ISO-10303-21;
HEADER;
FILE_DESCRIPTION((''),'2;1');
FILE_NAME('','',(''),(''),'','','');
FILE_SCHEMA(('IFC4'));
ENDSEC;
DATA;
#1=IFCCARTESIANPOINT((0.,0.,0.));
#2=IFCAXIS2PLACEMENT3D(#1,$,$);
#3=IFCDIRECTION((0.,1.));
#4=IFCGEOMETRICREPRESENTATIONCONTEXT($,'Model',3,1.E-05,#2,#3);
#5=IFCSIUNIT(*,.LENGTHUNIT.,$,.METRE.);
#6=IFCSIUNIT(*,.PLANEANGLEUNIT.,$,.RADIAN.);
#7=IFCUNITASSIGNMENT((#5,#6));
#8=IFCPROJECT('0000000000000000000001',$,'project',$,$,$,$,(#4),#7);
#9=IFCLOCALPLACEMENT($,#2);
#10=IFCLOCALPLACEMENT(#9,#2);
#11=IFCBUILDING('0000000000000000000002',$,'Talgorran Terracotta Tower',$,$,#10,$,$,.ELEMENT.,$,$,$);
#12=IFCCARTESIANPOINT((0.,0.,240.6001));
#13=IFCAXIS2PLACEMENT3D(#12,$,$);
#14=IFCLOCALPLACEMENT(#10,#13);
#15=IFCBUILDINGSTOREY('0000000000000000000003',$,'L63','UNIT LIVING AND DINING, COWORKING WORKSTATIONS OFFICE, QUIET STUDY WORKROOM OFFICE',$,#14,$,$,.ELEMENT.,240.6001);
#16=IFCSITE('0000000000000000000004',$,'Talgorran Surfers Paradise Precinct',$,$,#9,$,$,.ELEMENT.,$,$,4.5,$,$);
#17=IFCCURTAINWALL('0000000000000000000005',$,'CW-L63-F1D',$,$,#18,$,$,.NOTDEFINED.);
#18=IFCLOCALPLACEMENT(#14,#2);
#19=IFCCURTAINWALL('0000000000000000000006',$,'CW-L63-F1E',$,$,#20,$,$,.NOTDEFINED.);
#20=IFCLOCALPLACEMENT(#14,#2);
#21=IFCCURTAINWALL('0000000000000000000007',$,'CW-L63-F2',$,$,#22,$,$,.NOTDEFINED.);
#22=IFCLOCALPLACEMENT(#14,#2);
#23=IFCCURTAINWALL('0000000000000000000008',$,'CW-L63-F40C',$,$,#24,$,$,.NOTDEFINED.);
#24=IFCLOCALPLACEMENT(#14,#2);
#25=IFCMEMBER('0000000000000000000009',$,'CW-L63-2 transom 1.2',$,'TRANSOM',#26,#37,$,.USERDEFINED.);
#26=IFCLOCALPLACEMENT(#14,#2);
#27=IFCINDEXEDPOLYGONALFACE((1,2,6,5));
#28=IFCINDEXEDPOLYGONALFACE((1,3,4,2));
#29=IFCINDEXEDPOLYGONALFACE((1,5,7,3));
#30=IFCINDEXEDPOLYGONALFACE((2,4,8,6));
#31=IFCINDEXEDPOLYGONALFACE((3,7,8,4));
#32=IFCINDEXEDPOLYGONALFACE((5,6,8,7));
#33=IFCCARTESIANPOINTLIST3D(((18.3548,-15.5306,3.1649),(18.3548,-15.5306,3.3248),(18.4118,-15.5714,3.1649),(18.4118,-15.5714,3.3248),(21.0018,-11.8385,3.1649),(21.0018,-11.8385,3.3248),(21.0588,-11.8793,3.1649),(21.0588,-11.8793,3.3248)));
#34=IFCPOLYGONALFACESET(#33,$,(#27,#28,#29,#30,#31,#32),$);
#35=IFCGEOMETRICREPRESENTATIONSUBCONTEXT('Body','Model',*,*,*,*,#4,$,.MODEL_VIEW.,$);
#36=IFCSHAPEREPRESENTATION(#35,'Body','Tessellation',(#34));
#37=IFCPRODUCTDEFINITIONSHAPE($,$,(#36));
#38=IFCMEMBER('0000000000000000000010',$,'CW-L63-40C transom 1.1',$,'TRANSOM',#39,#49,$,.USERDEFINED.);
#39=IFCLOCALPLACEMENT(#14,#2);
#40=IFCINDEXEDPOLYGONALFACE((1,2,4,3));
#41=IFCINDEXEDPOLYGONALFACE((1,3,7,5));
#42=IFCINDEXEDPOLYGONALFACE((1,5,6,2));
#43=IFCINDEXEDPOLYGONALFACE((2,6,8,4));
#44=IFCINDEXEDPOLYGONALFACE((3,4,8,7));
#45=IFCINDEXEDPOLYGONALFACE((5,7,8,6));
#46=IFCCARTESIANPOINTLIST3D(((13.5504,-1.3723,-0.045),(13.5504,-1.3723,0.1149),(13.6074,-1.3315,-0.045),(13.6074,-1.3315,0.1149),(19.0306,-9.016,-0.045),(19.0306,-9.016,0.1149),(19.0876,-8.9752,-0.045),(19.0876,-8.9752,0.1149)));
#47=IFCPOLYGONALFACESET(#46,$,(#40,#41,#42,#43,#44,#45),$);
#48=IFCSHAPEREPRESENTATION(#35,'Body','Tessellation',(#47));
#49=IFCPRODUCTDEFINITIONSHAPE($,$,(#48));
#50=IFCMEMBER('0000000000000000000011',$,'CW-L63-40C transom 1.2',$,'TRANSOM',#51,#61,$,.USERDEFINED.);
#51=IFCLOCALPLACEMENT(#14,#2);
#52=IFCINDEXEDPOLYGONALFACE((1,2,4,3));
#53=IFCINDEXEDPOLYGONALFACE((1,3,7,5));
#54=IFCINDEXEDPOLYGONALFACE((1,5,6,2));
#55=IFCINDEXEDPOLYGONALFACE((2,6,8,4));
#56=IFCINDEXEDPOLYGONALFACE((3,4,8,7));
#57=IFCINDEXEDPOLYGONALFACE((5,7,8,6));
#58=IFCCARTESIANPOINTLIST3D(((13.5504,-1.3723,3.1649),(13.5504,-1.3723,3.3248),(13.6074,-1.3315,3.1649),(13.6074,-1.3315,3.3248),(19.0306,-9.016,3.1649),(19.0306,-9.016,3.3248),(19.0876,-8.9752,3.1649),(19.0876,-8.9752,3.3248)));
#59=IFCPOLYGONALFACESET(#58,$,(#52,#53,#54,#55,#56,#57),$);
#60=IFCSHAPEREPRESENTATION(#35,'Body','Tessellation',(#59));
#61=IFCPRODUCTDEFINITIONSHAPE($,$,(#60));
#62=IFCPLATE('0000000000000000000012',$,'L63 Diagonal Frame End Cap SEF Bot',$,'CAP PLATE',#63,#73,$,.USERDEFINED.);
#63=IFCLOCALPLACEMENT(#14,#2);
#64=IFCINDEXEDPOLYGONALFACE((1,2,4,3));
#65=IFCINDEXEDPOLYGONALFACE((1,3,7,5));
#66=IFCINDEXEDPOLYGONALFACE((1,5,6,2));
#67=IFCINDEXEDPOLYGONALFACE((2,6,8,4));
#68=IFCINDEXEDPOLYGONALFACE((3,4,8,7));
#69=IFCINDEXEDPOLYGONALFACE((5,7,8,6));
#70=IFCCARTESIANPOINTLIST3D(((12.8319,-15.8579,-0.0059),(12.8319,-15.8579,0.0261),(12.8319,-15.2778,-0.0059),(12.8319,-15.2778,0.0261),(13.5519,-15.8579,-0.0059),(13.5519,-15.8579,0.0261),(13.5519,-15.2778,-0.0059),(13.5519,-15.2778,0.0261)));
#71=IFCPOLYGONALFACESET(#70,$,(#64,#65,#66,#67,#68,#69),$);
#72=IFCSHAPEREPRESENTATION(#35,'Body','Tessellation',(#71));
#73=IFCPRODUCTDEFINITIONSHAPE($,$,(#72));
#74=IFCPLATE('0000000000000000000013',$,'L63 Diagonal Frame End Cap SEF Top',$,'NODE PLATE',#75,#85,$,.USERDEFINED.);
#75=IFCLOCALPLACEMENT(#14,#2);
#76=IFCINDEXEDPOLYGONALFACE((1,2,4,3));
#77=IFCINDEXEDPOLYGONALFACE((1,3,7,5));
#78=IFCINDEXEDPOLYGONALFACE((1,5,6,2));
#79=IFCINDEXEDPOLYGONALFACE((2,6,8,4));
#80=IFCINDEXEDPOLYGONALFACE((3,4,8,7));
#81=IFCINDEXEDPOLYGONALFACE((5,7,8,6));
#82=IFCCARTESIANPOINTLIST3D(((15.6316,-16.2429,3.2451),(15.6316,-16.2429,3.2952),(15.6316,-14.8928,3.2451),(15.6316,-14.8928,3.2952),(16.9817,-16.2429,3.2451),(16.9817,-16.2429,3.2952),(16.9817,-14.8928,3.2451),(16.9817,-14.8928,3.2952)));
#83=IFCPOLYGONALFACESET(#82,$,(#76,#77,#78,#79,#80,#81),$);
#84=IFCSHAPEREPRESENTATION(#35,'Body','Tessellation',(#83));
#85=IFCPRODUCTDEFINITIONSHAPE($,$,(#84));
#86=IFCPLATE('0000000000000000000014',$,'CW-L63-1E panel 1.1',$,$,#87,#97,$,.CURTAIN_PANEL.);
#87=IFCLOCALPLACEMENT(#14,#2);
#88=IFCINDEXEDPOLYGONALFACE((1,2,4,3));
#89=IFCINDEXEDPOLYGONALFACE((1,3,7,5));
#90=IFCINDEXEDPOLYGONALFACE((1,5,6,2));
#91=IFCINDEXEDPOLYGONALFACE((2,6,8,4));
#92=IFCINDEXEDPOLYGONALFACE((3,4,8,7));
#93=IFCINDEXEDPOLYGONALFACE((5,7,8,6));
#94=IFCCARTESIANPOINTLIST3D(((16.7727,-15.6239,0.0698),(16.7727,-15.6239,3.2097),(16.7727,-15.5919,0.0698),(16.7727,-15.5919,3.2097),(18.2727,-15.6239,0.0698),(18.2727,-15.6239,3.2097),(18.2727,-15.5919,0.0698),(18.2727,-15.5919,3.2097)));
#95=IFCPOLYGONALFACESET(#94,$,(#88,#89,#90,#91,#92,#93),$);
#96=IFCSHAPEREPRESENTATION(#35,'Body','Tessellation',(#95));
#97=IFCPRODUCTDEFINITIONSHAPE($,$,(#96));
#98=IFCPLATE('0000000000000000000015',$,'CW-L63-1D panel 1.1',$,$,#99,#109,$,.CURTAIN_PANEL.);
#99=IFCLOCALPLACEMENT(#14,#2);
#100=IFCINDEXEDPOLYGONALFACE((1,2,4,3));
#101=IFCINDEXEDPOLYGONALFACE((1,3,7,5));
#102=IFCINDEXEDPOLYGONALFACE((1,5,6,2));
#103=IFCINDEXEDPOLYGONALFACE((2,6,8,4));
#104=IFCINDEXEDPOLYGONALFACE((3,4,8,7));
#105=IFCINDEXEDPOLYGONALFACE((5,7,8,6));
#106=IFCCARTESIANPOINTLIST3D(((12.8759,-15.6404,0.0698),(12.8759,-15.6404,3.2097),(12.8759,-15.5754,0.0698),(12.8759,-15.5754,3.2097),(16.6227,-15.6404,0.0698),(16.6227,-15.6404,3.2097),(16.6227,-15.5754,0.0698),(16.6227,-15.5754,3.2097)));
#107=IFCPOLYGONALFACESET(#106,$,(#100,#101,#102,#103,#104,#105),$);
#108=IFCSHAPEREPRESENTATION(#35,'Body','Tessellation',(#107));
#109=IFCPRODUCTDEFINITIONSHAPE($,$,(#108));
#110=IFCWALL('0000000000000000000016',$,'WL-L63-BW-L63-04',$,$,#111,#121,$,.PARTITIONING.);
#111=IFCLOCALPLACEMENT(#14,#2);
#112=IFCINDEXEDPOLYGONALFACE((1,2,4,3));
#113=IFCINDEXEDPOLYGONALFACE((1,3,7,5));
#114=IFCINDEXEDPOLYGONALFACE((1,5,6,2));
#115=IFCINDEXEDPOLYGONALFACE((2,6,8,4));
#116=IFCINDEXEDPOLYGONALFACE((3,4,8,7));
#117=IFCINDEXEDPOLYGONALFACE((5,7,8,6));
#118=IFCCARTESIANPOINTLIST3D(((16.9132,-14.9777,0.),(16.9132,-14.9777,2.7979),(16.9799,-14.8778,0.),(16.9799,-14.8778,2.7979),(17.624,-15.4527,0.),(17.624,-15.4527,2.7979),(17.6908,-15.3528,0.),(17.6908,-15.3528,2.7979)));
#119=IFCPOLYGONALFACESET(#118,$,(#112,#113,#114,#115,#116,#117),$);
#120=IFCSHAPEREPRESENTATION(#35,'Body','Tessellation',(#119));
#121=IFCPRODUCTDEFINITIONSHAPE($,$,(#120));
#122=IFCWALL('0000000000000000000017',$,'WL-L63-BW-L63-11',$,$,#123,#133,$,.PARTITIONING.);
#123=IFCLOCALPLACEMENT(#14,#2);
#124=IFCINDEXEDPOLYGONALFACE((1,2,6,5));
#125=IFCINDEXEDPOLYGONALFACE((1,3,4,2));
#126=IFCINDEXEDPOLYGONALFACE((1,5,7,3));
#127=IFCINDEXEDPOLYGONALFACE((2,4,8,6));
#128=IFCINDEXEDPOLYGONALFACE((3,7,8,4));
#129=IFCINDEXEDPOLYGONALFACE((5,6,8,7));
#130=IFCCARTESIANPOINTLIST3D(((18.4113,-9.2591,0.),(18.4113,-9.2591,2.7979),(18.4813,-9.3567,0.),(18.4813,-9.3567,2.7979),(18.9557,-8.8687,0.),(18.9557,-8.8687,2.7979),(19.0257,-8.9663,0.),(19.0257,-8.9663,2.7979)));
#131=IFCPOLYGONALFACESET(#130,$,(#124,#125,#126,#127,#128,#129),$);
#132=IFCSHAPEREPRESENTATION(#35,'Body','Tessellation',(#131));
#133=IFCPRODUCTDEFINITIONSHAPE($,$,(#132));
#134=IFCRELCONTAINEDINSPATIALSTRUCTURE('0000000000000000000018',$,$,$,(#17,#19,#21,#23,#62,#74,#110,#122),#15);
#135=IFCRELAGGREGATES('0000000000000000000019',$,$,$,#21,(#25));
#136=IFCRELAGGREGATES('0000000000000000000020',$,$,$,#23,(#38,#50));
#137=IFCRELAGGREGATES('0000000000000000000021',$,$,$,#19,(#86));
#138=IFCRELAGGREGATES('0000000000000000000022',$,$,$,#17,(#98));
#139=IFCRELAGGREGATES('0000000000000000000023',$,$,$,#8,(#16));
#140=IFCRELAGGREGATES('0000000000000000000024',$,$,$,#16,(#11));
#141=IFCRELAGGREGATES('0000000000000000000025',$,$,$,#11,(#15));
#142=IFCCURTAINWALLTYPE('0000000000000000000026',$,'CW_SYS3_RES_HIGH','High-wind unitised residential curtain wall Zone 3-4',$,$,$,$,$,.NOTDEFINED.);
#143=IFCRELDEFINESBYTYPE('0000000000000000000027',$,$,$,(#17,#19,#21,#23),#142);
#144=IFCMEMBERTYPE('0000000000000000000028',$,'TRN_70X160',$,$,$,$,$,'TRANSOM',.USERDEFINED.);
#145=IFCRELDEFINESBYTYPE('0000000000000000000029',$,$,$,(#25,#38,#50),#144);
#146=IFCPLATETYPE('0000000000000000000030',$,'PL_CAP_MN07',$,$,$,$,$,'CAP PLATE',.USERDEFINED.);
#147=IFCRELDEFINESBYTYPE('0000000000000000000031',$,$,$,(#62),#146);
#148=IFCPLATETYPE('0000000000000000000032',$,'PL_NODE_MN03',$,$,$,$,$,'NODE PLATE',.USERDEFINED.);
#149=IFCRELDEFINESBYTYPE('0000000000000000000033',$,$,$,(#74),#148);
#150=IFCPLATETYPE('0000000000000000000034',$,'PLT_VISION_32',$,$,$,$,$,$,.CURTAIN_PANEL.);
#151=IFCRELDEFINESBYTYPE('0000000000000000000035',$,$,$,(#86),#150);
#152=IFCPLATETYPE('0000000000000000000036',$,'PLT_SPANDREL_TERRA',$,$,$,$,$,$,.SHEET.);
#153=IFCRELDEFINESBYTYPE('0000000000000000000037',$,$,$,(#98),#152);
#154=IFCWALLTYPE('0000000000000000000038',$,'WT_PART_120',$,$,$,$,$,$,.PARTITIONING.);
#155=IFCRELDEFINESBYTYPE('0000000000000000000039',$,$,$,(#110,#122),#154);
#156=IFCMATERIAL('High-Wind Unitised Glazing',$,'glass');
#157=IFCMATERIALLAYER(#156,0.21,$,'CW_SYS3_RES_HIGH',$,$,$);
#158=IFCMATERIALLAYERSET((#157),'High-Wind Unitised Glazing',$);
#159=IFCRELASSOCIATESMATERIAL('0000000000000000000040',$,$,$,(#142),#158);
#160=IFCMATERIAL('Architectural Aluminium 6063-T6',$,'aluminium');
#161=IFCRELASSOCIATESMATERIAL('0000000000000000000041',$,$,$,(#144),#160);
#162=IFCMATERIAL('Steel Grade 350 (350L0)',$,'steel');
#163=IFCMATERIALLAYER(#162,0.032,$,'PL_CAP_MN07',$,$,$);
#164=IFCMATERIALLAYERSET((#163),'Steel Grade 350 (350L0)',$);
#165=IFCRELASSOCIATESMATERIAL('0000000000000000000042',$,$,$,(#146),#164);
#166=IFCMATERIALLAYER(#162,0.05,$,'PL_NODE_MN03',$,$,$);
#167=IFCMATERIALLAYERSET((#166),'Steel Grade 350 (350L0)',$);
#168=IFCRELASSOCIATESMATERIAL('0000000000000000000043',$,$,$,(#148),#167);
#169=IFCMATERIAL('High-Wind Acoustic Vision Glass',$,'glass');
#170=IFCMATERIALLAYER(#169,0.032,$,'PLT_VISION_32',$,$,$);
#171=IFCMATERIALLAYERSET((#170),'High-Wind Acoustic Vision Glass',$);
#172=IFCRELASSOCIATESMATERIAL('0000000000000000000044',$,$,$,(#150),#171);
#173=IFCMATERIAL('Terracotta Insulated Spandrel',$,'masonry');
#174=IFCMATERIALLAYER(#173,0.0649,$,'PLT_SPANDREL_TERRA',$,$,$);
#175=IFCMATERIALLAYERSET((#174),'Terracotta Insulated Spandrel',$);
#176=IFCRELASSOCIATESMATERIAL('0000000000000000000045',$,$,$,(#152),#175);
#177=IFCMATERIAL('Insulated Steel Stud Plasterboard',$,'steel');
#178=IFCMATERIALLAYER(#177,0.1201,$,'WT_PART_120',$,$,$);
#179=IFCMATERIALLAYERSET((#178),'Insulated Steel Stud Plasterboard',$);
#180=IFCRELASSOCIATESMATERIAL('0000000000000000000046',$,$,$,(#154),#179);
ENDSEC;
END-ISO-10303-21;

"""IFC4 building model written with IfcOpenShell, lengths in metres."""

from ifc_helpers import new_model, si_unit, direction, frame, frame_2d, origin, origin_2d, place, context, subcontext, project, spatial, rectangle, extrude, source, transform, mapped, material, layer, layer_set, material_profile, profile_set, type_object, type_shapes, element, aggregate, save


model = new_model("IFC4")

# Units and contexts
model_context = context("Model", 3, precision=1e-05, world=origin(), true_north=direction((0.0, 1.0)))
body_context = subcontext(model_context, "Body", "Model", "MODEL_VIEW")
ifc_project = project(units=[si_unit("LENGTHUNIT", "METRE"), si_unit("PLANEANGLEUNIT", "RADIAN")], contexts=[model_context])

# Site, building, storey
site_placement = place(None, origin())
site = spatial("IfcSite", under=ifc_project, at=site_placement, Name="Talgorran Surfers Paradise Precinct", CompositionType="ELEMENT", RefElevation=4.5)
building_placement = place(site_placement, origin())
building = spatial("IfcBuilding", under=site, at=building_placement, Name="Talgorran Terracotta Tower", CompositionType="ELEMENT")
storey_placement = place(building_placement, frame((0.0, 0.0, 240.6001)))
storey = spatial("IfcBuildingStorey", under=building, at=storey_placement, Name="L63", Description="UNIT LIVING AND DINING, COWORKING WORKSTATIONS OFFICE, QUIET STUDY WORKROOM OFFICE", CompositionType="ELEMENT", Elevation=240.6001)

# Shared definitions
ifc_material_1 = material(Name="Steel Grade 350 (350L0)", Category="steel")

# Curtain wall
ifc_material_2 = material(Name="High-Wind Unitised Glazing", Category="glass")
ifc_layer_1 = layer(ifc_material_2, 0.21, Name="CW_SYS3_RES_HIGH")
ifc_layer_set_1 = layer_set([ifc_layer_1], Name="High-Wind Unitised Glazing")
curtain_wall_type = type_object("IfcCurtainWallType", Name="CW_SYS3_RES_HIGH", Description="High-wind unitised residential curtain wall Zone 3-4", PredefinedType="NOTDEFINED", material=ifc_layer_set_1)
curtain_wall_1_placement = place(storey_placement, origin())
curtain_wall_1 = element("IfcCurtainWall", 1, at=curtain_wall_1_placement, inside=storey, type_object=curtain_wall_type, Name="CW-L63-F1D", PredefinedType="NOTDEFINED")
ifc_material_3 = material(Name="Architectural Aluminium 6063-T6", Category="aluminium")

# Curtain wall
curtain_wall_2_placement = place(storey_placement, origin())
curtain_wall_2 = element("IfcCurtainWall", 2, at=curtain_wall_2_placement, inside=storey, type_object=curtain_wall_type, Name="CW-L63-F1E", PredefinedType="NOTDEFINED")

# Curtain walls
curtain_wall_3_placement = place(storey_placement, origin())
curtain_wall_3 = element("IfcCurtainWall", 3, at=curtain_wall_3_placement, inside=storey, type_object=curtain_wall_type, Name="CW-L63-F2", PredefinedType="NOTDEFINED")
curtain_wall_4_placement = place(storey_placement, origin())
curtain_wall_4 = element("IfcCurtainWall", 4, at=curtain_wall_4_placement, inside=storey, type_object=curtain_wall_type, Name="CW-L63-F40C", PredefinedType="NOTDEFINED")

# Members
ifc_material_profile_1 = material_profile(ifc_material_3, rectangle(XDim=0.0701, YDim=0.1599, at=origin_2d()), Name="CWT70X160")
ifc_profile_set_1 = profile_set([ifc_material_profile_1], Name="Architectural Aluminium 6063-T6")
member_type_1 = type_object("IfcMemberType", Name="TRN_70X160", ElementType="TRANSOM", PredefinedType="USERDEFINED", material=ifc_profile_set_1)
member_1_placement = place(storey_placement, frame((18.3833, -15.551, 3.2449), z_axis=(0.582656, 0.812719, 0.0), x_axis=(-0.812719, 0.582656, 0.0)))
member_1 = element("IfcMember", 5, at=member_1_placement, type_object=member_type_1, Name="CW-L63-2 transom 1.2", ObjectType="TRANSOM", PredefinedType="USERDEFINED", context=body_context, shape_type="SweptSolid", body=[
    extrude(rectangle(XDim=0.0701, YDim=0.1599, at=origin_2d()), origin(), (0.0, 0.0, 1.0), 4.543),
])
aggregate(curtain_wall_3, [member_1])
member_2_placement = place(storey_placement, frame((19.0591, -8.9956, 0.0349), z_axis=(-0.582671, 0.812708, 0.0), x_axis=(-0.812708, -0.582671, 0.0)))
member_2 = element("IfcMember", 6, at=member_2_placement, type_object=member_type_1, Name="CW-L63-40C transom 1.1", ObjectType="TRANSOM", PredefinedType="USERDEFINED", context=body_context, shape_type="SweptSolid", body=[
    extrude(rectangle(XDim=0.0701, YDim=0.1599, at=origin_2d()), origin(), (0.0, 0.0, 1.0), 9.4053),
])
member_3_placement = place(storey_placement, frame((19.0591, -8.9956, 3.2449), z_axis=(-0.582671, 0.812708, 0.0), x_axis=(-0.812708, -0.582671, 0.0)))
member_3 = element("IfcMember", 7, at=member_3_placement, type_object=member_type_1, Name="CW-L63-40C transom 1.2", ObjectType="TRANSOM", PredefinedType="USERDEFINED", context=body_context, shape_type="SweptSolid", body=[
    extrude(rectangle(XDim=0.0701, YDim=0.1599, at=origin_2d()), origin(), (0.0, 0.0, 1.0), 9.4053),
])
aggregate(curtain_wall_4, [member_2, member_3])

# Plates
ifc_layer_2 = layer(ifc_material_1, 0.032, Name="PL_CAP_MN07")
ifc_layer_set_2 = layer_set([ifc_layer_2], Name="Steel Grade 350 (350L0)")
plate_type_1 = type_object("IfcPlateType", Name="PL_CAP_MN07", ElementType="CAP PLATE", PredefinedType="USERDEFINED", material=ifc_layer_set_2)
plate_1_placement = place(storey_placement, frame((13.1919, -15.5679, -0.0059), z_axis=(0.0, 0.0, 1.0), x_axis=(1.0, 0.0, 0.0)))
element("IfcPlate", 8, at=plate_1_placement, inside=storey, type_object=plate_type_1, Name="L63 Diagonal Frame End Cap SEF Bot", ObjectType="CAP PLATE", PredefinedType="USERDEFINED", context=body_context, shape_type="SweptSolid", body=[
    extrude(rectangle(XDim=0.72, YDim=0.5801, at=origin_2d()), origin(), (0.0, 0.0, 1.0), 0.032),
])
ifc_layer_3 = layer(ifc_material_1, 0.05, Name="PL_NODE_MN03")
ifc_layer_set_3 = layer_set([ifc_layer_3], Name="Steel Grade 350 (350L0)")
plate_type_2 = type_object("IfcPlateType", Name="PL_NODE_MN03", ElementType="NODE PLATE", PredefinedType="USERDEFINED", material=ifc_layer_set_3)
plate_2_placement = place(storey_placement, frame((16.3066, -15.5679, 3.2451), z_axis=(0.0, 0.0, 1.0), x_axis=(1.0, 0.0, 0.0)))
element("IfcPlate", 9, at=plate_2_placement, inside=storey, type_object=plate_type_2, Name="L63 Diagonal Frame End Cap SEF Top", ObjectType="NODE PLATE", PredefinedType="USERDEFINED", context=body_context, shape_type="SweptSolid", body=[
    extrude(rectangle(XDim=1.3501, YDim=1.3501, at=origin_2d()), origin(), (0.0, 0.0, 1.0), 0.05),
])

# Plates
ifc_material_4 = material(Name="High-Wind Acoustic Vision Glass", Category="glass")
ifc_layer_4 = layer(ifc_material_4, 0.032, Name="PLT_VISION_32")
ifc_layer_set_4 = layer_set([ifc_layer_4], Name="High-Wind Acoustic Vision Glass")
plate_type_3 = type_object("IfcPlateType", Name="PLT_VISION_32", PredefinedType="CURTAIN_PANEL", material=ifc_layer_set_4)
shared_shape_1 = source(origin(), body_context, "Body", "SweptSolid", [
    extrude(rectangle(XDim=1.5, YDim=0.032, at=origin_2d()), origin(), (0.0, 0.0, 1.0), 3.1399),
])
type_shapes(plate_type_3, [shared_shape_1])
plate_3_placement = place(storey_placement, frame((17.5227, -15.6079, 0.0698), z_axis=(0.0, 0.0, 1.0), x_axis=(1.0, 0.0, 0.0)))
plate_3 = element("IfcPlate", 10, at=plate_3_placement, type_object=plate_type_3, Name="CW-L63-1E panel 1.1", PredefinedType="CURTAIN_PANEL", context=body_context, shape_type="MappedRepresentation", body=[
    mapped(shared_shape_1, transform((0.0, 0.0, 0.0), scale=1.0)),
])
aggregate(curtain_wall_2, [plate_3])
ifc_material_5 = material(Name="Terracotta Insulated Spandrel", Category="masonry")
ifc_layer_5 = layer(ifc_material_5, 0.0649, Name="PLT_SPANDREL_TERRA")
ifc_layer_set_5 = layer_set([ifc_layer_5], Name="Terracotta Insulated Spandrel")
plate_type_4 = type_object("IfcPlateType", Name="PLT_SPANDREL_TERRA", PredefinedType="SHEET", material=ifc_layer_set_5)
shared_shape_2 = source(origin(), body_context, "Body", "SweptSolid", [
    extrude(rectangle(XDim=3.7468, YDim=0.0649, at=origin_2d()), origin(), (0.0, 0.0, 1.0), 3.1399),
])
type_shapes(plate_type_4, [shared_shape_2])
plate_4_placement = place(storey_placement, frame((14.7493, -15.6079, 0.0698), z_axis=(0.0, 0.0, 1.0), x_axis=(1.0, 0.0, 0.0)))
plate_4 = element("IfcPlate", 11, at=plate_4_placement, type_object=plate_type_4, Name="CW-L63-1D panel 1.1", PredefinedType="CURTAIN_PANEL", context=body_context, shape_type="MappedRepresentation", body=[
    mapped(shared_shape_2, transform((0.0, 0.0, 0.0), scale=1.0)),
])
aggregate(curtain_wall_1, [plate_4])

# Walls
ifc_material_6 = material(Name="Insulated Steel Stud Plasterboard", Category="steel")
ifc_layer_6 = layer(ifc_material_6, 0.1201, Name="WT_PART_120")
ifc_layer_set_6 = layer_set([ifc_layer_6], Name="Insulated Steel Stud Plasterboard")
wall_type = type_object("IfcWallType", Name="WT_PART_120", PredefinedType="PARTITIONING", material=ifc_layer_set_6)
wall_1_placement = place(storey_placement, frame((16.9465, -14.9277, 0.0), z_axis=(0.0, 0.0, 1.0), x_axis=(0.831435, -0.555622, 0.0)))
element("IfcWall", 12, at=wall_1_placement, inside=storey, type_object=wall_type, Name="WL-L63-BW-L63-04", PredefinedType="PARTITIONING", context=body_context, shape_type="SweptSolid", body=[
    extrude(rectangle(XDim=0.855, YDim=0.1201, at=frame_2d((0.4275, 0.0))), origin(), (0.0, 0.0, 1.0), 2.7979),
])
wall_2_placement = place(storey_placement, frame((18.4463, -9.3079, 0.0), z_axis=(0.0, 0.0, 1.0), x_axis=(0.812673, 0.58272, 0.0)))
element("IfcWall", 13, at=wall_2_placement, inside=storey, type_object=wall_type, Name="WL-L63-BW-L63-11", PredefinedType="PARTITIONING", context=body_context, shape_type="SweptSolid", body=[
    extrude(rectangle(XDim=0.6699, YDim=0.1201, at=frame_2d((0.335, 0.0))), origin(), (0.0, 0.0, 1.0), 2.7979),
])

save(model, "model.ifc")
